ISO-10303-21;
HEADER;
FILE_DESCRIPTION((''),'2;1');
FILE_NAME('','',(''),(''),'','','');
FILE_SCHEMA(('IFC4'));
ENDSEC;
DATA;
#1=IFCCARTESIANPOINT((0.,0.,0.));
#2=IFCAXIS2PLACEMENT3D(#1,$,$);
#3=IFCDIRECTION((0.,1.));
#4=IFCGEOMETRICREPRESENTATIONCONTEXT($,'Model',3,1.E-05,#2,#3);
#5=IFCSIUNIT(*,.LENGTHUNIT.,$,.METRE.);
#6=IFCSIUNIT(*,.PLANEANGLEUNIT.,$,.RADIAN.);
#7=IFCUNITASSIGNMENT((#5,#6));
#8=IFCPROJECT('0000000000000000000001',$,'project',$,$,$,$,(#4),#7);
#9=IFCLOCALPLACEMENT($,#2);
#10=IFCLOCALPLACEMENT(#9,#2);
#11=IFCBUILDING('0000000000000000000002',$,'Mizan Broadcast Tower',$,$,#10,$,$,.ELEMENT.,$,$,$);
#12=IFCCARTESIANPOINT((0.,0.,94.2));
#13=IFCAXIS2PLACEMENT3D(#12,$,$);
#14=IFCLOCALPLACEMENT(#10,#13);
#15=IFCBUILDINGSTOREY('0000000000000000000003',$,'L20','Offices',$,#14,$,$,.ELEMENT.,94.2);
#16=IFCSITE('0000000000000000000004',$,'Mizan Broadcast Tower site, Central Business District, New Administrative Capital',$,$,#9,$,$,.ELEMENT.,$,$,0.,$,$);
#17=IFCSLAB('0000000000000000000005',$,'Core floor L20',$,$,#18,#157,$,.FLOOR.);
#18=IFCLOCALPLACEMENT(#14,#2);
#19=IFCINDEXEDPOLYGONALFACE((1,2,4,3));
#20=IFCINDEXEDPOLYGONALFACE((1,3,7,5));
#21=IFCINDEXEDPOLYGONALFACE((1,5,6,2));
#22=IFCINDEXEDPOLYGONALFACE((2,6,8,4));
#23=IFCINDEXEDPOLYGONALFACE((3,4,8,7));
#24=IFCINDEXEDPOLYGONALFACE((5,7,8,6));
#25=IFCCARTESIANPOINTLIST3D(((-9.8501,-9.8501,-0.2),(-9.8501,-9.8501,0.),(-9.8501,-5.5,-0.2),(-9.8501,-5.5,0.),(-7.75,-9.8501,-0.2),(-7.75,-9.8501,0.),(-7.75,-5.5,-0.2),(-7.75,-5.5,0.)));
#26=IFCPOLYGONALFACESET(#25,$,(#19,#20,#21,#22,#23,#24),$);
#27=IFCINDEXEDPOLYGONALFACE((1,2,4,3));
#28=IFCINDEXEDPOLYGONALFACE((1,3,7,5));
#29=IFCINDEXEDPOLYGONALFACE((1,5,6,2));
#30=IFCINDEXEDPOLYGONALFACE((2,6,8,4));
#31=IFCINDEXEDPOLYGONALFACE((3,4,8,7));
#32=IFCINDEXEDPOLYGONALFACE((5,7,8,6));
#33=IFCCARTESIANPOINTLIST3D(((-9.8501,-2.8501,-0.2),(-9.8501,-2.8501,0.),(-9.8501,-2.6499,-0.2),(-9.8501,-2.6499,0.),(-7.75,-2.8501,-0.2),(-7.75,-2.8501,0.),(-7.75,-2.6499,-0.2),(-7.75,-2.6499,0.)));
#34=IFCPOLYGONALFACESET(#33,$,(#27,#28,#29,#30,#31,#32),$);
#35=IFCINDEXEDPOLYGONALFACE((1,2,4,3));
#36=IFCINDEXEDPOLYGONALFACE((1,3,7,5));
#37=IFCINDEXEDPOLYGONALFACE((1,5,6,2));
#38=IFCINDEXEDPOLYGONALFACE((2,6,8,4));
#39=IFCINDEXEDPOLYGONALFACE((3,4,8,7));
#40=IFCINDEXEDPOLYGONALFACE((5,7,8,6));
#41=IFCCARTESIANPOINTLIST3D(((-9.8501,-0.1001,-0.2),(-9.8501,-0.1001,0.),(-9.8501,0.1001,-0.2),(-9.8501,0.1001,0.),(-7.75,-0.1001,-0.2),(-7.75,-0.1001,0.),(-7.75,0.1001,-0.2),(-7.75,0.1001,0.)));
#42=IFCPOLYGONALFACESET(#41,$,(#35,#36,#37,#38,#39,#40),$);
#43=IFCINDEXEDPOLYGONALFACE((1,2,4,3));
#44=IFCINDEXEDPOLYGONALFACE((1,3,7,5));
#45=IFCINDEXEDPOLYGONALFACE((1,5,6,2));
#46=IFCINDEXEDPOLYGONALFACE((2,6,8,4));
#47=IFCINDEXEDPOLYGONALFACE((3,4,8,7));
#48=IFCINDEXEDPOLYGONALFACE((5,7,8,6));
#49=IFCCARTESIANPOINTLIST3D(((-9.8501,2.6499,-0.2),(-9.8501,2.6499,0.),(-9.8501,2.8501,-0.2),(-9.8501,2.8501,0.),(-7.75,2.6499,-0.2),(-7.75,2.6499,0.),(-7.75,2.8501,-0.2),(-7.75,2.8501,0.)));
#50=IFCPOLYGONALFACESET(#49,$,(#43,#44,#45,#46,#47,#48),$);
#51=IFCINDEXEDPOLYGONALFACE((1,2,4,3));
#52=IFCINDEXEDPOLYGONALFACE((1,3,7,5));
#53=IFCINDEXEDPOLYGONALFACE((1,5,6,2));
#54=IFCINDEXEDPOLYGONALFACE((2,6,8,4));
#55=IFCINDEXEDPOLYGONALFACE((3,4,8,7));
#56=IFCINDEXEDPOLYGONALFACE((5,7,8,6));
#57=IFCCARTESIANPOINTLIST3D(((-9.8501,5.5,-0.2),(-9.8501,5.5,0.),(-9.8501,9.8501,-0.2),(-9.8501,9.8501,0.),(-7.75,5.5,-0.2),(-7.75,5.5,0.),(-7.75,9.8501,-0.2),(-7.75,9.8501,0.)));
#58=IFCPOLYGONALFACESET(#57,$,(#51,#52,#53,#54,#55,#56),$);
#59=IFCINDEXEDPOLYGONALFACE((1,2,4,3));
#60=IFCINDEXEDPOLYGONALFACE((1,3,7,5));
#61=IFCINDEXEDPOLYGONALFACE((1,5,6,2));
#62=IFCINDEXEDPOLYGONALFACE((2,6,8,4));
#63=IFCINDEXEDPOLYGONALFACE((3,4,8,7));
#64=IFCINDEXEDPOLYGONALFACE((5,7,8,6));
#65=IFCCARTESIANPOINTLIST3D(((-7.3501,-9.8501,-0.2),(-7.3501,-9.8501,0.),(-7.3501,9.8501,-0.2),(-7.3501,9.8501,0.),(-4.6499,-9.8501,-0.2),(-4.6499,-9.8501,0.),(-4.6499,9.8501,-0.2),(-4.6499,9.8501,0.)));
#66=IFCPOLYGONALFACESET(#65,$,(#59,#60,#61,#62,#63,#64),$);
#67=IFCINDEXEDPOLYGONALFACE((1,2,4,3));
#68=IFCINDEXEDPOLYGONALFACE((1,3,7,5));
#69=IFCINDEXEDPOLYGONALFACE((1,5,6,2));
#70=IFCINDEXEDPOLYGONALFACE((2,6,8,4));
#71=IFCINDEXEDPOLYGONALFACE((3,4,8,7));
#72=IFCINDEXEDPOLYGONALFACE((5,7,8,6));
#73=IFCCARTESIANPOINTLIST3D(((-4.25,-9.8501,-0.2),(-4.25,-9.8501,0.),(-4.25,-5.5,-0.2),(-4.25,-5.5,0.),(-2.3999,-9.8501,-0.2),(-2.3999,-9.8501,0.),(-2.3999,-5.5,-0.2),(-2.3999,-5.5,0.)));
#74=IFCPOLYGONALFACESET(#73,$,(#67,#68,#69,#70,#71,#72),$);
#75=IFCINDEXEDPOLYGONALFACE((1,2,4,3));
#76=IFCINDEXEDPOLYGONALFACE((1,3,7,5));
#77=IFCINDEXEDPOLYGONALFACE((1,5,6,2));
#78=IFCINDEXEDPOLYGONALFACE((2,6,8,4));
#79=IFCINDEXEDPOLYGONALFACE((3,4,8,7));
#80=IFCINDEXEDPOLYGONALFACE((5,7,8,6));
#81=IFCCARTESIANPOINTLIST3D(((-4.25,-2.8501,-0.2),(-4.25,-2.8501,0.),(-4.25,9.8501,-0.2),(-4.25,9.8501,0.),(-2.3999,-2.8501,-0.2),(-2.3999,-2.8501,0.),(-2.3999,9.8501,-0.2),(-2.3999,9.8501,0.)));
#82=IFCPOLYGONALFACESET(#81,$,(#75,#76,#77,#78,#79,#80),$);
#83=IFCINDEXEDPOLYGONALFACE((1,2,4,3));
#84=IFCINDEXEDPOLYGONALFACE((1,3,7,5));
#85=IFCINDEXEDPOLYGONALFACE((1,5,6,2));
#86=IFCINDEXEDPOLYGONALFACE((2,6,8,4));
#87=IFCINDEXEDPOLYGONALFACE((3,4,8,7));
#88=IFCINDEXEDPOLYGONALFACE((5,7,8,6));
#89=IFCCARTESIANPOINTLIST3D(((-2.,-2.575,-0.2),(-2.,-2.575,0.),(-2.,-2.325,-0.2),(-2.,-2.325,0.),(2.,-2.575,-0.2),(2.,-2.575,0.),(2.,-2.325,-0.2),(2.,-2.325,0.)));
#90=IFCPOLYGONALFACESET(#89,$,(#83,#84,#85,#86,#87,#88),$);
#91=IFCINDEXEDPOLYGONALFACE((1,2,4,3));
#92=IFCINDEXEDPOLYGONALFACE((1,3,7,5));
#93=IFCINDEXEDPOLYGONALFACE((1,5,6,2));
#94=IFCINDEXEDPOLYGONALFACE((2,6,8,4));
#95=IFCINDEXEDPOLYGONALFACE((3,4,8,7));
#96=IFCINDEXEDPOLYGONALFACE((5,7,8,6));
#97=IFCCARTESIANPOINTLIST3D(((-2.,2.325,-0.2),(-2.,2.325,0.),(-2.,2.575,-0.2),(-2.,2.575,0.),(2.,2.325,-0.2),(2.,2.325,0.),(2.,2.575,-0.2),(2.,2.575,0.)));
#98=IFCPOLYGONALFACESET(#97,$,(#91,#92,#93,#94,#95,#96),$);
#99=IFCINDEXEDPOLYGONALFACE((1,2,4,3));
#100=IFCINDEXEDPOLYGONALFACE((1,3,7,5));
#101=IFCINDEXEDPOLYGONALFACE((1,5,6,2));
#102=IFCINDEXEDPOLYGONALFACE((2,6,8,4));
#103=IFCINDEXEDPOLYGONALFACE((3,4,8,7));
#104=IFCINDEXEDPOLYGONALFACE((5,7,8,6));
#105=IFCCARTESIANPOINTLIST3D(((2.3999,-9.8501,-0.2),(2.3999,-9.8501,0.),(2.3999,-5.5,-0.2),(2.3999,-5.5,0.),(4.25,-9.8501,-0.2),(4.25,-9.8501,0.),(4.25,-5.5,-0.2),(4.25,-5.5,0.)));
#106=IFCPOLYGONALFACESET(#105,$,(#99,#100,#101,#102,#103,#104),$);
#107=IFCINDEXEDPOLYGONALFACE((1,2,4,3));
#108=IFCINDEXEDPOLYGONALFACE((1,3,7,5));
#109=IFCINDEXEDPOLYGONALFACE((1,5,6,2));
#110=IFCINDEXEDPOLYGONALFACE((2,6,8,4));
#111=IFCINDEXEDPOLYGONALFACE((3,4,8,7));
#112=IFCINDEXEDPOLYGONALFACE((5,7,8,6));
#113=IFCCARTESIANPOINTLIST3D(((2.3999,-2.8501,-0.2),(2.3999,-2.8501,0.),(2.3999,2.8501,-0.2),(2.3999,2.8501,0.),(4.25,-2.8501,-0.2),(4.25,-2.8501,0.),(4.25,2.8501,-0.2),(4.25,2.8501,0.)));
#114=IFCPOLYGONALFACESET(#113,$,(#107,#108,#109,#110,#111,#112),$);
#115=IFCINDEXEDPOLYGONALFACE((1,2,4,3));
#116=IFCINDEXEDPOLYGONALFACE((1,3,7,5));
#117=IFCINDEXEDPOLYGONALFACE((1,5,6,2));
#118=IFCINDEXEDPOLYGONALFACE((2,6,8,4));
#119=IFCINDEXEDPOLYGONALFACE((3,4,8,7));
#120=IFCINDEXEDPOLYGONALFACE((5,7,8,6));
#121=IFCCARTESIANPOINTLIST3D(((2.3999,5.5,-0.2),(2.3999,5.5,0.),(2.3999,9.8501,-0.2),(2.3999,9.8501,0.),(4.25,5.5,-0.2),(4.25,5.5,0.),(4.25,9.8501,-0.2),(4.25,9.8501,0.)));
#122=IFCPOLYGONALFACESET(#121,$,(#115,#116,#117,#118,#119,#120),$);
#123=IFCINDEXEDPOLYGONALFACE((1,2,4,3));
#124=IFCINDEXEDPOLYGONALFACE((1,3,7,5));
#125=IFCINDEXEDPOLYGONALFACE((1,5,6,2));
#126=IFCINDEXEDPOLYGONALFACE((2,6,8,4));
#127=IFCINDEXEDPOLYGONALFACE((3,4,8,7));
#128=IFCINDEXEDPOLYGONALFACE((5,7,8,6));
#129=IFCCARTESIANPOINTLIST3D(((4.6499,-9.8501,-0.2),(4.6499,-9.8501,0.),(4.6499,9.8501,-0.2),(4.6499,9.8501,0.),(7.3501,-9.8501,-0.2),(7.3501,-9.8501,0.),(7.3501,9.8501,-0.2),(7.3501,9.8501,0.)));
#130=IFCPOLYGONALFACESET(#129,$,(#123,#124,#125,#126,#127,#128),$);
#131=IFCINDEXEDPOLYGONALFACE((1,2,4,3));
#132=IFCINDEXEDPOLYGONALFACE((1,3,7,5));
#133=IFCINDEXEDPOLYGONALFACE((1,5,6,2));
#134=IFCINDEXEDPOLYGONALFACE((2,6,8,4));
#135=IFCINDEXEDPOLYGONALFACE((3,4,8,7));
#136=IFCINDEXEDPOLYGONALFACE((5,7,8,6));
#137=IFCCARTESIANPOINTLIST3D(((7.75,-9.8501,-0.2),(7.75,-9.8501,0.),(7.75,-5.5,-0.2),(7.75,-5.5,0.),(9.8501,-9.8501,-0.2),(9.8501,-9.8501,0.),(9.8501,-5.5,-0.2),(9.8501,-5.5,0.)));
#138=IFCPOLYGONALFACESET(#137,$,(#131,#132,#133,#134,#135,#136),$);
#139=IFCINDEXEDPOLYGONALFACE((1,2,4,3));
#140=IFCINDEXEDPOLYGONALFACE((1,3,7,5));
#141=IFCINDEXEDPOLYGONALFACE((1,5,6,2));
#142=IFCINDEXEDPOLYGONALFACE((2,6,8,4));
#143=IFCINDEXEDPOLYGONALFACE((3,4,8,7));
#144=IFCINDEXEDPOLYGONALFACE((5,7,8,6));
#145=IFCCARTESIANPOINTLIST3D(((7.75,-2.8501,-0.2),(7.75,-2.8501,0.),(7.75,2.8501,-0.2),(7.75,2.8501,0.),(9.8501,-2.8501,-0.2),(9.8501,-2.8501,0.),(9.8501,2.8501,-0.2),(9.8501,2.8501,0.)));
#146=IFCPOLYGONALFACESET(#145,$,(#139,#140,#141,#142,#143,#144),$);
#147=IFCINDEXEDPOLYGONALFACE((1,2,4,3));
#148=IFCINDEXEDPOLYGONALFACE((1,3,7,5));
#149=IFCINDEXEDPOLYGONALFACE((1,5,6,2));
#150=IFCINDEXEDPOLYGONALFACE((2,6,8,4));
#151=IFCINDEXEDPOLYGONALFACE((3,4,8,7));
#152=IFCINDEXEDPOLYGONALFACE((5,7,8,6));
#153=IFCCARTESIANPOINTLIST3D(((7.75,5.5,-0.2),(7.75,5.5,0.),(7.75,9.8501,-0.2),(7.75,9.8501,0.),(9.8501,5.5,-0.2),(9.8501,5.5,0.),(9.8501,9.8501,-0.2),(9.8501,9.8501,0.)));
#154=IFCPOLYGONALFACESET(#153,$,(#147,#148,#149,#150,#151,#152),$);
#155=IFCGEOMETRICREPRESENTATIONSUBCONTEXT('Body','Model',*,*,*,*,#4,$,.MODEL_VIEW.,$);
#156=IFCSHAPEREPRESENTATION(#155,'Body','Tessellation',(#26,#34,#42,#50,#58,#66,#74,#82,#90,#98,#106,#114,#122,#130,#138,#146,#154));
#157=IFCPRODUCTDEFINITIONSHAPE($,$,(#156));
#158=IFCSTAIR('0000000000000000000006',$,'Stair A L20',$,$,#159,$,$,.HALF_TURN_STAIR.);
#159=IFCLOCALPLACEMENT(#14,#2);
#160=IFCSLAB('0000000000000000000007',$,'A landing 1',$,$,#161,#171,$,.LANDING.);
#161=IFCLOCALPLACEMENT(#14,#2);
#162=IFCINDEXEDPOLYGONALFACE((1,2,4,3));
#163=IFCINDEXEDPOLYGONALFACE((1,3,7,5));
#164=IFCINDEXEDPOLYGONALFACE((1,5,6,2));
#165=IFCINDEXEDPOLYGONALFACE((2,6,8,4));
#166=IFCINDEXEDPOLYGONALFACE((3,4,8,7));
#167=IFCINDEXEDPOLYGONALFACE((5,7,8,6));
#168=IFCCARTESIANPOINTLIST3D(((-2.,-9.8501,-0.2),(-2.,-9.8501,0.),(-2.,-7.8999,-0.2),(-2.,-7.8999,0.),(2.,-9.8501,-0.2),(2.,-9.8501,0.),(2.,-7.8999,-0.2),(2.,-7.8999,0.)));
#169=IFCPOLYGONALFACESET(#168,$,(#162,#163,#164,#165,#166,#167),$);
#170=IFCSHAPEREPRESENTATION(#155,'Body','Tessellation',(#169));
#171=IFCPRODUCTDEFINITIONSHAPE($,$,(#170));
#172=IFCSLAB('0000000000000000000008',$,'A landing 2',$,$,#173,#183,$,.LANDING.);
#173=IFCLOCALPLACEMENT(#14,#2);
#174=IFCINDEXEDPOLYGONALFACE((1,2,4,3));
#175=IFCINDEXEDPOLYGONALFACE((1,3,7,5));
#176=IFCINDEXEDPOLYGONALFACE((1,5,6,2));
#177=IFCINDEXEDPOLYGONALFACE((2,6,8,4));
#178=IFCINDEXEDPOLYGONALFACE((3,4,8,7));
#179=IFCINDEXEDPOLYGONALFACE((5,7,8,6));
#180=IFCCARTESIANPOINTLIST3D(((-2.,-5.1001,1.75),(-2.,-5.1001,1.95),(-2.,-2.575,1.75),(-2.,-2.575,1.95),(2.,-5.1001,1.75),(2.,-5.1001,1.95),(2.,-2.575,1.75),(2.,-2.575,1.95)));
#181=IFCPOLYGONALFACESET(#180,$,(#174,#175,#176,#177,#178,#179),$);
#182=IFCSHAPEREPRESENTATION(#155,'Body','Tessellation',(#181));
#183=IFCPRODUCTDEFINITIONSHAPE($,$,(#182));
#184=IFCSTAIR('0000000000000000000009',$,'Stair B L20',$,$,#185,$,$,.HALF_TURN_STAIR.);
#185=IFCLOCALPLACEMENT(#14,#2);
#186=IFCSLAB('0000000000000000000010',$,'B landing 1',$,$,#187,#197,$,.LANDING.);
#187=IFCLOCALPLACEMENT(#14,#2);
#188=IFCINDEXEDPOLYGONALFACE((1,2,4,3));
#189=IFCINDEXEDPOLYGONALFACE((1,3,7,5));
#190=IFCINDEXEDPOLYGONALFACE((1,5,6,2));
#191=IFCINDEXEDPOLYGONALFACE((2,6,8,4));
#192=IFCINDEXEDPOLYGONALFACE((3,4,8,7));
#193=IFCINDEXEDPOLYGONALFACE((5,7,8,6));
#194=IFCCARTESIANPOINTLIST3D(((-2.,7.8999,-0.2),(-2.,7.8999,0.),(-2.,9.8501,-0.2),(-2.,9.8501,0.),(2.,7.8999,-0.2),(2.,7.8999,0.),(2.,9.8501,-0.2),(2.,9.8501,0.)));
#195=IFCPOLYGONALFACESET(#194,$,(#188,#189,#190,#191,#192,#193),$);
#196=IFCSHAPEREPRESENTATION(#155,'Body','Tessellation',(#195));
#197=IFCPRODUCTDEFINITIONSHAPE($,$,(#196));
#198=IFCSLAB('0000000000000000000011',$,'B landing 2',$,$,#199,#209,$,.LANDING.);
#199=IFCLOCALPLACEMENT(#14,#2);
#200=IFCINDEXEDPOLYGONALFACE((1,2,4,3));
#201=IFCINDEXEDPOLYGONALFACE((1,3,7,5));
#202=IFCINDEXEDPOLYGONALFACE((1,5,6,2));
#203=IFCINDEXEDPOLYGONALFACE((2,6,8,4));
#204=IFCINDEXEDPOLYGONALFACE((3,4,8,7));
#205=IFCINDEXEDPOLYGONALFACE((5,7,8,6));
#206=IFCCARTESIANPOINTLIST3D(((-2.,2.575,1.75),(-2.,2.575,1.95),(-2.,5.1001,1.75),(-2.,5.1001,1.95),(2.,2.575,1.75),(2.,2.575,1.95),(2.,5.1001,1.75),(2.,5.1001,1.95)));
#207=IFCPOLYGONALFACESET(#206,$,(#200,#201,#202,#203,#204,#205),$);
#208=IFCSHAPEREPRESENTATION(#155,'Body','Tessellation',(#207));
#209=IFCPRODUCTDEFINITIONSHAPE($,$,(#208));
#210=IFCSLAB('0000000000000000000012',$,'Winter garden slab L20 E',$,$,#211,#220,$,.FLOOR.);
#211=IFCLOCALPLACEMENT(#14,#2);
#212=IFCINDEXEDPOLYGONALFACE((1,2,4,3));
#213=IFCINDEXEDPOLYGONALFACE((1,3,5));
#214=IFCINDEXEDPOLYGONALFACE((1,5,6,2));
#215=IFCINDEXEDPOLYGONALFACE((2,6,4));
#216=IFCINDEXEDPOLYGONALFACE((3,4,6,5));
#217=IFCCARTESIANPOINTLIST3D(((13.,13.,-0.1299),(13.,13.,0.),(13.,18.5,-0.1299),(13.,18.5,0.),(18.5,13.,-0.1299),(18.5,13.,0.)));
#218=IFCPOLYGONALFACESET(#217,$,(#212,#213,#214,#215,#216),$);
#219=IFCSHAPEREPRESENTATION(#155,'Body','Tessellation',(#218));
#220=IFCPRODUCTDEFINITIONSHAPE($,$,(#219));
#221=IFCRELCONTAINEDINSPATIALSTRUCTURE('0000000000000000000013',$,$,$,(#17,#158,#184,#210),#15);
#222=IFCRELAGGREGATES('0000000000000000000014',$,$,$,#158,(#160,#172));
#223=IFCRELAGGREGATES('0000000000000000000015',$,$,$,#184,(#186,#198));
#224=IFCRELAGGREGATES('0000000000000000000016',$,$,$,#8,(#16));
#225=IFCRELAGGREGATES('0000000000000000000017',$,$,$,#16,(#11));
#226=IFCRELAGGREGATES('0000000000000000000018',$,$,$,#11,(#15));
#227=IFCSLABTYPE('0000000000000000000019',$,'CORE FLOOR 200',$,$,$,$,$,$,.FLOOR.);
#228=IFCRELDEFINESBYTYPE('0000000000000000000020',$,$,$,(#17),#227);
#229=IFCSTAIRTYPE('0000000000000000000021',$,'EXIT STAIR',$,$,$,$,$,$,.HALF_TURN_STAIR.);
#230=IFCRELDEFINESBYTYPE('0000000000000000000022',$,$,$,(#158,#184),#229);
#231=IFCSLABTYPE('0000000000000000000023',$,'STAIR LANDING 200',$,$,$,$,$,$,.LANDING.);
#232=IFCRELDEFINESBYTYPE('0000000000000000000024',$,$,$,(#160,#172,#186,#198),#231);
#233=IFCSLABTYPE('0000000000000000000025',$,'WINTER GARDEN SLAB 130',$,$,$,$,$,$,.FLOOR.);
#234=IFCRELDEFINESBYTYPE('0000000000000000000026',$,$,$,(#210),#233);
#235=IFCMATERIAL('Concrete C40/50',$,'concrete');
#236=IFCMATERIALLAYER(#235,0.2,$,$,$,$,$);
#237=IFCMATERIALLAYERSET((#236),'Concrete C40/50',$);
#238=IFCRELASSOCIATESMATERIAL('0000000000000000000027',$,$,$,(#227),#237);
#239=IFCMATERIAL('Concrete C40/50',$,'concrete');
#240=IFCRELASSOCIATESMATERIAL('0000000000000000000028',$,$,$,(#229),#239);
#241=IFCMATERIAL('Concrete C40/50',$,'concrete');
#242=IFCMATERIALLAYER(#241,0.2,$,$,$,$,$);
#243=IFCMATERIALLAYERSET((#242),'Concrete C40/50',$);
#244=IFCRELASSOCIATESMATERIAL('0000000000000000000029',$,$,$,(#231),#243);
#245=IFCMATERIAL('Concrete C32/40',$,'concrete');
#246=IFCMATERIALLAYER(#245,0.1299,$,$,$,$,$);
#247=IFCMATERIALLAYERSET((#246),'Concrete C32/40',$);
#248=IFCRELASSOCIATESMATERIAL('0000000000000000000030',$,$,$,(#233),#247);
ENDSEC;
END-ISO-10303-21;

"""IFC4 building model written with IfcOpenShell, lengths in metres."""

from ifc_helpers import new_model, si_unit, direction, frame, origin, place, context, subcontext, project, spatial, polyline, outline, extrude, material, layer, layer_set, type_object, element, aggregate, save


model = new_model("IFC4")

# Units and contexts
model_context = context("Model", 3, precision=1e-05, world=origin(), true_north=direction((0.0, 1.0)))
body_context = subcontext(model_context, "Body", "Model", "MODEL_VIEW")
ifc_project = project(units=[si_unit("LENGTHUNIT", "METRE"), si_unit("PLANEANGLEUNIT", "RADIAN")], contexts=[model_context])

# Site, building, storey
site_placement = place(None, origin())
site = spatial("IfcSite", under=ifc_project, at=site_placement, Name="Mizan Broadcast Tower site, Central Business District, New Administrative Capital", CompositionType="ELEMENT", RefElevation=0.0)
building_placement = place(site_placement, origin())
building = spatial("IfcBuilding", under=site, at=building_placement, Name="Mizan Broadcast Tower", CompositionType="ELEMENT")
storey_placement = place(building_placement, frame((0.0, 0.0, 94.2)))
storey = spatial("IfcBuildingStorey", under=building, at=storey_placement, Name="L20", Description="Offices", CompositionType="ELEMENT", Elevation=94.2)

# Slab
ifc_material_1 = material(Name="Concrete C40/50", Category="concrete")
ifc_layer_1 = layer(ifc_material_1, 0.2)
ifc_layer_set_1 = layer_set([ifc_layer_1], Name="Concrete C40/50")
slab_type_1 = type_object("IfcSlabType", Name="CORE FLOOR 200", PredefinedType="FLOOR", material=ifc_layer_set_1)
slab_1_placement = place(storey_placement, frame((0.0, 0.0, -0.2)))
element("IfcSlab", 1, at=slab_1_placement, inside=storey, type_object=slab_type_1, Name="Core floor L20", PredefinedType="FLOOR", context=body_context, shape_type="SweptSolid", body=[
    extrude(outline(polyline([(-9.8501, -9.8501), (-7.75, -9.8501), (-7.75, -5.5), (-9.8501, -5.5), (-9.8501, -9.8501)])), origin(), (0.0, 0.0, 1.0), 0.2),
    extrude(outline(polyline([(-9.8501, -2.8501), (-7.75, -2.8501), (-7.75, -2.6499), (-9.8501, -2.6499), (-9.8501, -2.8501)])), origin(), (0.0, 0.0, 1.0), 0.2),
    extrude(outline(polyline([(-9.8501, -0.1001), (-7.75, -0.1001), (-7.75, 0.1001), (-9.8501, 0.1001), (-9.8501, -0.1001)])), origin(), (0.0, 0.0, 1.0), 0.2),
    extrude(outline(polyline([(-9.8501, 2.6499), (-7.75, 2.6499), (-7.75, 2.8501), (-9.8501, 2.8501), (-9.8501, 2.6499)])), origin(), (0.0, 0.0, 1.0), 0.2),
    extrude(outline(polyline([(-9.8501, 5.5), (-7.75, 5.5), (-7.75, 9.8501), (-9.8501, 9.8501), (-9.8501, 5.5)])), origin(), (0.0, 0.0, 1.0), 0.2),
    extrude(outline(polyline([(-4.6499, 9.8501), (-7.3501, 9.8501), (-7.3501, -9.8501), (-4.6499, -9.8501), (-4.6499, 9.8501)])), origin(), (0.0, 0.0, 1.0), 0.2),
    extrude(outline(polyline([(-4.25, -5.5), (-4.25, -9.8501), (-2.3999, -9.8501), (-2.3999, -5.5), (-4.25, -5.5)])), origin(), (0.0, 0.0, 1.0), 0.2),
    extrude(outline(polyline([(-4.25, -2.8501), (-2.3999, -2.8501), (-2.3999, 9.8501), (-4.25, 9.8501), (-4.25, -2.8501)])), origin(), (0.0, 0.0, 1.0), 0.2),
    extrude(outline(polyline([(2.0, -2.325), (-2.0, -2.325), (-2.0, -2.575), (2.0, -2.575), (2.0, -2.325)])), origin(), (0.0, 0.0, 1.0), 0.2),
    extrude(outline(polyline([(2.0, 2.575), (-2.0, 2.575), (-2.0, 2.325), (2.0, 2.325), (2.0, 2.575)])), origin(), (0.0, 0.0, 1.0), 0.2),
    extrude(outline(polyline([(4.25, -9.8501), (4.25, -5.5), (2.3999, -5.5), (2.3999, -9.8501), (4.25, -9.8501)])), origin(), (0.0, 0.0, 1.0), 0.2),
    extrude(outline(polyline([(4.25, -2.8501), (4.25, 2.8501), (2.3999, 2.8501), (2.3999, -2.8501), (4.25, -2.8501)])), origin(), (0.0, 0.0, 1.0), 0.2),
    extrude(outline(polyline([(4.25, 5.5), (4.25, 9.8501), (2.3999, 9.8501), (2.3999, 5.5), (4.25, 5.5)])), origin(), (0.0, 0.0, 1.0), 0.2),
    extrude(outline(polyline([(4.6499, 9.8501), (4.6499, -9.8501), (7.3501, -9.8501), (7.3501, 9.8501), (4.6499, 9.8501)])), origin(), (0.0, 0.0, 1.0), 0.2),
    extrude(outline(polyline([(9.8501, -9.8501), (9.8501, -5.5), (7.75, -5.5), (7.75, -9.8501), (9.8501, -9.8501)])), origin(), (0.0, 0.0, 1.0), 0.2),
    extrude(outline(polyline([(7.75, 2.8501), (7.75, -2.8501), (9.8501, -2.8501), (9.8501, 2.8501), (7.75, 2.8501)])), origin(), (0.0, 0.0, 1.0), 0.2),
    extrude(outline(polyline([(9.8501, 5.5), (9.8501, 9.8501), (7.75, 9.8501), (7.75, 5.5), (9.8501, 5.5)])), origin(), (0.0, 0.0, 1.0), 0.2),
])

# Stairs, slabs
ifc_material_2 = material(Name="Concrete C40/50", Category="concrete")
stair_type = type_object("IfcStairType", Name="EXIT STAIR", PredefinedType="HALF_TURN_STAIR", material=ifc_material_2)
stair_1_placement = place(storey_placement, origin())
stair_1 = element("IfcStair", 2, at=stair_1_placement, inside=storey, type_object=stair_type, Name="Stair A L20", PredefinedType="HALF_TURN_STAIR")
ifc_material_3 = material(Name="Concrete C40/50", Category="concrete")
ifc_layer_2 = layer(ifc_material_3, 0.2)
ifc_layer_set_2 = layer_set([ifc_layer_2], Name="Concrete C40/50")
slab_type_2 = type_object("IfcSlabType", Name="STAIR LANDING 200", PredefinedType="LANDING", material=ifc_layer_set_2)
slab_2_placement = place(storey_placement, frame((0.0, 0.0, -0.2)))
slab_2 = element("IfcSlab", 3, at=slab_2_placement, type_object=slab_type_2, Name="A landing 1", PredefinedType="LANDING", context=body_context, shape_type="SweptSolid", body=[
    extrude(outline(polyline([(-2.0, -9.8501), (-2.0, -7.8999), (2.0, -7.8999), (2.0, -9.8501), (-2.0, -9.8501)])), origin(), (0.0, 0.0, 1.0), 0.2),
])
slab_3_placement = place(storey_placement, frame((0.0, 0.0, 1.75)))
slab_3 = element("IfcSlab", 4, at=slab_3_placement, type_object=slab_type_2, Name="A landing 2", PredefinedType="LANDING", context=body_context, shape_type="SweptSolid", body=[
    extrude(outline(polyline([(-2.0, -5.1001), (-2.0, -2.575), (2.0, -2.575), (2.0, -5.1001), (-2.0, -5.1001)])), origin(), (0.0, 0.0, 1.0), 0.2),
])
aggregate(stair_1, [slab_2, slab_3])
stair_2_placement = place(storey_placement, origin())
stair_2 = element("IfcStair", 5, at=stair_2_placement, inside=storey, type_object=stair_type, Name="Stair B L20", PredefinedType="HALF_TURN_STAIR")
slab_4_placement = place(storey_placement, frame((0.0, 0.0, -0.2)))
slab_4 = element("IfcSlab", 6, at=slab_4_placement, type_object=slab_type_2, Name="B landing 1", PredefinedType="LANDING", context=body_context, shape_type="SweptSolid", body=[
    extrude(outline(polyline([(2.0, 9.8501), (2.0, 7.8999), (-2.0, 7.8999), (-2.0, 9.8501), (2.0, 9.8501)])), origin(), (0.0, 0.0, 1.0), 0.2),
])
slab_5_placement = place(storey_placement, frame((0.0, 0.0, 1.75)))
slab_5 = element("IfcSlab", 7, at=slab_5_placement, type_object=slab_type_2, Name="B landing 2", PredefinedType="LANDING", context=body_context, shape_type="SweptSolid", body=[
    extrude(outline(polyline([(2.0, 5.1001), (2.0, 2.575), (-2.0, 2.575), (-2.0, 5.1001), (2.0, 5.1001)])), origin(), (0.0, 0.0, 1.0), 0.2),
])
aggregate(stair_2, [slab_4, slab_5])

# Slab
ifc_material_4 = material(Name="Concrete C32/40", Category="concrete")
ifc_layer_3 = layer(ifc_material_4, 0.1299)
ifc_layer_set_3 = layer_set([ifc_layer_3], Name="Concrete C32/40")
slab_type_3 = type_object("IfcSlabType", Name="WINTER GARDEN SLAB 130", PredefinedType="FLOOR", material=ifc_layer_set_3)
slab_6_placement = place(storey_placement, frame((0.0, 0.0, -0.1299)))
element("IfcSlab", 8, at=slab_6_placement, inside=storey, type_object=slab_type_3, Name="Winter garden slab L20 E", PredefinedType="FLOOR", context=body_context, shape_type="SweptSolid", body=[
    extrude(outline(polyline([(13.0, 13.0), (18.5, 13.0), (13.0, 18.5), (13.0, 13.0)])), origin(), (0.0, 0.0, 1.0), 0.1299),
])

save(model, "model.ifc")
